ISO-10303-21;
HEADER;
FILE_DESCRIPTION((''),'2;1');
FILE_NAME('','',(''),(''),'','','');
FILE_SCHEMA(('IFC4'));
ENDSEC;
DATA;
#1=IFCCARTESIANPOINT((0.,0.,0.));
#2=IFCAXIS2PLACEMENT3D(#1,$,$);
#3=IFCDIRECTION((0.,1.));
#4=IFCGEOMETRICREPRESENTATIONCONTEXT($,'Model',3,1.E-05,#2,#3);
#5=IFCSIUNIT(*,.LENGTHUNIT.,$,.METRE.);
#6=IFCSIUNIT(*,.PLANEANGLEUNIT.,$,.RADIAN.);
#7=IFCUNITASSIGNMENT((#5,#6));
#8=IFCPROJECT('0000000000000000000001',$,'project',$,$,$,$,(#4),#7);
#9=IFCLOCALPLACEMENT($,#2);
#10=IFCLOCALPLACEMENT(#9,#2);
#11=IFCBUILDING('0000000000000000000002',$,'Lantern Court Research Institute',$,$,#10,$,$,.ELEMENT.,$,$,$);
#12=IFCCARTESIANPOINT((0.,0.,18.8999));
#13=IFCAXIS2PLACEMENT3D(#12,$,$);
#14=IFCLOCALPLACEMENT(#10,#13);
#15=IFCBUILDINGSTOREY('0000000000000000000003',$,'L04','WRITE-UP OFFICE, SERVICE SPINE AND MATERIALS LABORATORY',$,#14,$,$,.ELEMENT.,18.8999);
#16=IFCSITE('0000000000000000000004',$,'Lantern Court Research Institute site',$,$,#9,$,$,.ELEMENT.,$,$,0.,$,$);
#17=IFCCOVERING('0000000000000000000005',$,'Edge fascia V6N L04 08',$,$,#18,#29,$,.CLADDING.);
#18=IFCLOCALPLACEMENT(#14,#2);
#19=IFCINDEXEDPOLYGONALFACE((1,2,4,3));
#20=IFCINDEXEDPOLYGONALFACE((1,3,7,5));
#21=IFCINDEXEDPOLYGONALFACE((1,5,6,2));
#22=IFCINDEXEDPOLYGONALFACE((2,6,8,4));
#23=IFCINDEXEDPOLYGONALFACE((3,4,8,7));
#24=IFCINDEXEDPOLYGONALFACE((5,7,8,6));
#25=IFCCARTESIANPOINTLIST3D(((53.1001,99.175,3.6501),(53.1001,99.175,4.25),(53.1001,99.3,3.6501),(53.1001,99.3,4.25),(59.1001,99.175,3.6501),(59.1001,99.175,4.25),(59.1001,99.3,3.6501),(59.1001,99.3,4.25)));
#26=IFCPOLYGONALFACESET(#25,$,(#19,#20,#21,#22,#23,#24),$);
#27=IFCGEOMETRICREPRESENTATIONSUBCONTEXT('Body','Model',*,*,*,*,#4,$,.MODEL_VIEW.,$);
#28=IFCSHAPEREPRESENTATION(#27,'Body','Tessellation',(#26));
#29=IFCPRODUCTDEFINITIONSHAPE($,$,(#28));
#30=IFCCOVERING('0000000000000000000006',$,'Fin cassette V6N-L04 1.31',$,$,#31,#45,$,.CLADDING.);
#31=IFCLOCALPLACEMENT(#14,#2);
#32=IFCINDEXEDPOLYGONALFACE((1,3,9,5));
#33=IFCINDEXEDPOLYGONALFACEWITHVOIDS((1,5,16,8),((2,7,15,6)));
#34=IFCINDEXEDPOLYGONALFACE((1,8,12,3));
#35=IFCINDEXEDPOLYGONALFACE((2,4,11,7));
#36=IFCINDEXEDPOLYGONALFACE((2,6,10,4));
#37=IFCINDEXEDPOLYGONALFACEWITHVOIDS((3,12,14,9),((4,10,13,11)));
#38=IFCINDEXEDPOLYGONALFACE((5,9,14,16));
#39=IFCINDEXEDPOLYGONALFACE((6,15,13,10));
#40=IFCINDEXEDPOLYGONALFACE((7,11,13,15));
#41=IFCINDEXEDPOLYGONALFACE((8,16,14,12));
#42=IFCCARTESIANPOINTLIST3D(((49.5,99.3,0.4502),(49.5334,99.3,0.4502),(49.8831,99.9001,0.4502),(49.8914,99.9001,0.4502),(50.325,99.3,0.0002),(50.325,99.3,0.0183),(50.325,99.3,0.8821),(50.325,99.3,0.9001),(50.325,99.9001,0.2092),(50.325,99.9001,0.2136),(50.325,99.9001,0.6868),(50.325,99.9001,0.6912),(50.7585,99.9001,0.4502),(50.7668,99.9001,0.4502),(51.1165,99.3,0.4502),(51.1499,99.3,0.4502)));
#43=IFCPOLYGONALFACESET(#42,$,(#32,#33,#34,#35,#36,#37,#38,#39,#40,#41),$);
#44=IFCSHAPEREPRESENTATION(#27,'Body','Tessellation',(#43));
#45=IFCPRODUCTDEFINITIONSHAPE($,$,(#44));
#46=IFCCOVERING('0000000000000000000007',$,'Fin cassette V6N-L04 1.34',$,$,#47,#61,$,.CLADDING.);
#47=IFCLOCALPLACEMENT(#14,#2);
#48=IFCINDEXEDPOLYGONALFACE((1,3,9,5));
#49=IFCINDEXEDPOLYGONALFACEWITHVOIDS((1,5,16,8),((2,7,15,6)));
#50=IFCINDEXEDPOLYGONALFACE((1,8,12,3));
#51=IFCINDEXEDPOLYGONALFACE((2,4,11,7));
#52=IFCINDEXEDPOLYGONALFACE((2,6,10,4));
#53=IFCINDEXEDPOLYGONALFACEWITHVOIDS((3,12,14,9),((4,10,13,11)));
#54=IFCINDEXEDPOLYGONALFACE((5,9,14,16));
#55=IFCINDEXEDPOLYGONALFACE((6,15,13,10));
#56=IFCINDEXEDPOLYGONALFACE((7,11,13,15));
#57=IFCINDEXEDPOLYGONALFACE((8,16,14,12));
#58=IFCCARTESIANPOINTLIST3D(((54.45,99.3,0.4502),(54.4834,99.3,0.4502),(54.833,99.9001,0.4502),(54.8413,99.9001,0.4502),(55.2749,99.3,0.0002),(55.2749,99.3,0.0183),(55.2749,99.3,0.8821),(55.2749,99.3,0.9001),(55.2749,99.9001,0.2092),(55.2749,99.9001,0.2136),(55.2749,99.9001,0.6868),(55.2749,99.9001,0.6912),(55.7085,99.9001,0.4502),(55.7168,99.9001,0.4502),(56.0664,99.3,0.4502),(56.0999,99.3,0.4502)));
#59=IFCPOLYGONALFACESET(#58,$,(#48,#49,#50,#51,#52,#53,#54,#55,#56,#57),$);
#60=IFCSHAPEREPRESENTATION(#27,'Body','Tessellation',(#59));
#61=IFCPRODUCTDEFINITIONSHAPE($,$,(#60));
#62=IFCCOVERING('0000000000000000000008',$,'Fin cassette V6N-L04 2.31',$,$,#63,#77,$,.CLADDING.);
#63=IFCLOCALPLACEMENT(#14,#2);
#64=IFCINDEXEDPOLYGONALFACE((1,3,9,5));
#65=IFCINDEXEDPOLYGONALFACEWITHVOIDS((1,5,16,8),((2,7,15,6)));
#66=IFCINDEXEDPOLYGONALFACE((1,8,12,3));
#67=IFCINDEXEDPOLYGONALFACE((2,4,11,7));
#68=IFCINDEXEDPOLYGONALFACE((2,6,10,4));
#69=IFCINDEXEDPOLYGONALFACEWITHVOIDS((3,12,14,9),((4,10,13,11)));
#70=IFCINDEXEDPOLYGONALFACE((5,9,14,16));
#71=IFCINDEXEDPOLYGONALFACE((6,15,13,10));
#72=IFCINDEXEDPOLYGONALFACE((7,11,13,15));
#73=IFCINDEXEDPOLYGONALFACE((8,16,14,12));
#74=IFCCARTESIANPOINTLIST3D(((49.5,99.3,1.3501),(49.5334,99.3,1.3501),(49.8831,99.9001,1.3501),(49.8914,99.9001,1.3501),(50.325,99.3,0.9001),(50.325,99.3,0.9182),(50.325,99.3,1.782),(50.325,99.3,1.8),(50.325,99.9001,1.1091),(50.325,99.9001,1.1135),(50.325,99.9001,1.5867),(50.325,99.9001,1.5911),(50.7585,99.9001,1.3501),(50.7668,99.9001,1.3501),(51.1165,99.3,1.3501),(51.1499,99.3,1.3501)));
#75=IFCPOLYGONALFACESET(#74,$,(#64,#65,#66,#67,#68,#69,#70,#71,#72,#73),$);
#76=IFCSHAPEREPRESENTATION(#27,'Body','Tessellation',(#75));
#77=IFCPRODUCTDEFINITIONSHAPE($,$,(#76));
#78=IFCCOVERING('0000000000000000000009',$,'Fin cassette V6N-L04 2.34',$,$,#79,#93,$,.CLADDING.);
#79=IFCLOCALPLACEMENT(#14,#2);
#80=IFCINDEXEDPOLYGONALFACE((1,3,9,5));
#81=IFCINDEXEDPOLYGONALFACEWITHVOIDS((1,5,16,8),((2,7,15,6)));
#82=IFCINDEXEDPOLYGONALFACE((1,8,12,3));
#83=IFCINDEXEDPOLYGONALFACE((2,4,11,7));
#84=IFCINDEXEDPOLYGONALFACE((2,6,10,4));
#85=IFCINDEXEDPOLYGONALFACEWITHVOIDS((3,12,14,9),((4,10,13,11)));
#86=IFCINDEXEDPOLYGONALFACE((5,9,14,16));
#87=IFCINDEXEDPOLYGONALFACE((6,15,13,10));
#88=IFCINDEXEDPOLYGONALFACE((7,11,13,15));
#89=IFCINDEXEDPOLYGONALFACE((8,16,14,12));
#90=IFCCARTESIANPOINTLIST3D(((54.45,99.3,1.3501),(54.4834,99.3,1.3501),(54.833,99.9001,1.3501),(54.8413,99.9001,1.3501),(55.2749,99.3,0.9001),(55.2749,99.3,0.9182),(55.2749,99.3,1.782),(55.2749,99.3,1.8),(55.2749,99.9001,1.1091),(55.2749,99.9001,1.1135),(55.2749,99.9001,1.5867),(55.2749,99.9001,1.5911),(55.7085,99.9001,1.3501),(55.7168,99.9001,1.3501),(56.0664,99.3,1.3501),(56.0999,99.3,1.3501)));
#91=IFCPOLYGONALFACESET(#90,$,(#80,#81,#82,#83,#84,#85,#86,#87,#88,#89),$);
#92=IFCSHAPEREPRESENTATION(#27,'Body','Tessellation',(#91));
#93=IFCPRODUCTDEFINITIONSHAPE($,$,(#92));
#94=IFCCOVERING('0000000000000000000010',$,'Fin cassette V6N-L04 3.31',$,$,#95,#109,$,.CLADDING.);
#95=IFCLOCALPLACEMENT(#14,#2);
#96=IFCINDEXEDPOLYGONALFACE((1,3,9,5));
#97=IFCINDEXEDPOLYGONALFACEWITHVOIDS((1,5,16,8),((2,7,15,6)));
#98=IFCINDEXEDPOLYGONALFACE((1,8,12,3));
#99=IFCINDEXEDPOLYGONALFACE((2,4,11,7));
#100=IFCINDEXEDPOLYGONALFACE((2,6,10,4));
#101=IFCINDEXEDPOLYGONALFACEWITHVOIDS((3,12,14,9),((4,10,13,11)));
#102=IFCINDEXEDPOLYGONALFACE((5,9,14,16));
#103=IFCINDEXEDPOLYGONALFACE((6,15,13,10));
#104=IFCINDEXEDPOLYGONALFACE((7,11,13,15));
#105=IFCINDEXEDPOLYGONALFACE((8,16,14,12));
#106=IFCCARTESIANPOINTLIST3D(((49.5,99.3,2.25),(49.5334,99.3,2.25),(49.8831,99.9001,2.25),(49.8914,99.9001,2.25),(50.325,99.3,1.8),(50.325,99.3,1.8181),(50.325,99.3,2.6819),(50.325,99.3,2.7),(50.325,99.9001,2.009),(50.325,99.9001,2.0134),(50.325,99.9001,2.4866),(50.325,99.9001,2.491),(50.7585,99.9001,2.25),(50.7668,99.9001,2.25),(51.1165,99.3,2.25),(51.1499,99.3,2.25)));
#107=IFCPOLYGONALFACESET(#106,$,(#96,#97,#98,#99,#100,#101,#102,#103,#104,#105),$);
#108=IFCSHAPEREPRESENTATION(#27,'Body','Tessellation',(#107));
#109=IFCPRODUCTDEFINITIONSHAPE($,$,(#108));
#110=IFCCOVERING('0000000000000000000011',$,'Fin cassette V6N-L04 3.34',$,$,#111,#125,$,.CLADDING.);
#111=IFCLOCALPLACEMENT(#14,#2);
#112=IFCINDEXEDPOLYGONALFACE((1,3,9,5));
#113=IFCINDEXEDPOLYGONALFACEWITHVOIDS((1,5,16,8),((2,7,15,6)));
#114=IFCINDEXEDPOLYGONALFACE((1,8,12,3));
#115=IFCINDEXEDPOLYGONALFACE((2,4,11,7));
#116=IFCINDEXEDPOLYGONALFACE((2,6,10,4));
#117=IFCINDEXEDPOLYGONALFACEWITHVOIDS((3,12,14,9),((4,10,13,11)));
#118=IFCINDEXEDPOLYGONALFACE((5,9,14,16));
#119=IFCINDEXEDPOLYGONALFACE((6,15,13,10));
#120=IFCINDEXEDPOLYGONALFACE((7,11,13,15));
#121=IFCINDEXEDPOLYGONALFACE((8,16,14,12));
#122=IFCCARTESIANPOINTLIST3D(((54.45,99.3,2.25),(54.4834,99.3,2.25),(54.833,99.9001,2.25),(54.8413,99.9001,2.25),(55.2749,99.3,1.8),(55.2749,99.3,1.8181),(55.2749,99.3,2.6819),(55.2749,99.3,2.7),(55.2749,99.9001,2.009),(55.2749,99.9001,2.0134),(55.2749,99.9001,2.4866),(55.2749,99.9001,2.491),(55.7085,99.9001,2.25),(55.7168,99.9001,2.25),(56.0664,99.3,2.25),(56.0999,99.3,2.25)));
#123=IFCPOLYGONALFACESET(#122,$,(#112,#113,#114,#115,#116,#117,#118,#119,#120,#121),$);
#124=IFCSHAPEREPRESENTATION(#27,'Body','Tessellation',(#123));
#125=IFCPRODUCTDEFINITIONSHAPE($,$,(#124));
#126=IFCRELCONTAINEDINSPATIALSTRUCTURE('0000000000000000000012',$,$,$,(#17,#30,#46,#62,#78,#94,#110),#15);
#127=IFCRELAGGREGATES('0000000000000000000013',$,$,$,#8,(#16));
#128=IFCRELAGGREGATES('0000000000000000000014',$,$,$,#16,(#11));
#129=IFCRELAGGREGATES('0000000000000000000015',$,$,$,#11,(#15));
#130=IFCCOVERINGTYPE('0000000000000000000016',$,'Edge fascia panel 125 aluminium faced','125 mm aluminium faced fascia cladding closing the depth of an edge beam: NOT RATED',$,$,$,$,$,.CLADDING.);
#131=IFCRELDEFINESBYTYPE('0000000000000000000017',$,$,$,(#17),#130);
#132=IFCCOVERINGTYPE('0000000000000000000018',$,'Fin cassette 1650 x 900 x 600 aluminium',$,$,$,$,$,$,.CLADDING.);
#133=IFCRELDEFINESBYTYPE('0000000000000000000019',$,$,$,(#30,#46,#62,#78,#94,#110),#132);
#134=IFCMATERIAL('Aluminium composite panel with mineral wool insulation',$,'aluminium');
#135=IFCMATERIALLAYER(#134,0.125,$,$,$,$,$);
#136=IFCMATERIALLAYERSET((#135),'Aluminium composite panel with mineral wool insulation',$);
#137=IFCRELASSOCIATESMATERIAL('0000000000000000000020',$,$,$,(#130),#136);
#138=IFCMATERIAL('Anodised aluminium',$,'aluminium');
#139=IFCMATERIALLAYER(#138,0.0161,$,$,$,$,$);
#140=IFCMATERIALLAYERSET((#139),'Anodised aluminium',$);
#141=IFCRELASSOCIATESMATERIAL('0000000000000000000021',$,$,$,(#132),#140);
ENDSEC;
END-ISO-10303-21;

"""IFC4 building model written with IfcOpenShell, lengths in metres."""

from ifc_helpers import new_model, entity, si_unit, direction, frame, frame_2d, origin, place, context, subcontext, project, spatial, rectangle, extrude, material, layer, layer_set, type_object, element, save


model = new_model("IFC4")

# Units and contexts
model_context = context("Model", 3, precision=1e-05, world=origin(), true_north=direction((0.0, 1.0)))
body_context = subcontext(model_context, "Body", "Model", "MODEL_VIEW")
ifc_project = project(units=[si_unit("LENGTHUNIT", "METRE"), si_unit("PLANEANGLEUNIT", "RADIAN")], contexts=[model_context])

# Site, building, storey
site_placement = place(None, origin())
site = spatial("IfcSite", under=ifc_project, at=site_placement, Name="Lantern Court Research Institute site", CompositionType="ELEMENT", RefElevation=0.0)
building_placement = place(site_placement, origin())
building = spatial("IfcBuilding", under=site, at=building_placement, Name="Lantern Court Research Institute", CompositionType="ELEMENT")
storey_placement = place(building_placement, frame((0.0, 0.0, 18.8999)))
storey = spatial("IfcBuildingStorey", under=building, at=storey_placement, Name="L04", Description="WRITE-UP OFFICE, SERVICE SPINE AND MATERIALS LABORATORY", CompositionType="ELEMENT", Elevation=18.8999)

# Coverings
ifc_material_1 = material(Name="Aluminium composite panel with mineral wool insulation", Category="aluminium")
ifc_layer_1 = layer(ifc_material_1, 0.125)
ifc_layer_set_1 = layer_set([ifc_layer_1], Name="Aluminium composite panel with mineral wool insulation")
covering_type_1 = type_object("IfcCoveringType", Name="Edge fascia panel 125 aluminium faced", Description="125 mm aluminium faced fascia cladding closing the depth of an edge beam: NOT RATED", PredefinedType="CLADDING", material=ifc_layer_set_1)
covering_1_placement = place(storey_placement, frame((53.1001, 99.2375, 3.6501), z_axis=(0.0, 0.0, 1.0), x_axis=(1.0, 0.0, 0.0)))
element("IfcCovering", 1, at=covering_1_placement, inside=storey, type_object=covering_type_1, Name="Edge fascia V6N L04 08", PredefinedType="CLADDING", context=body_context, shape_type="SweptSolid", body=[
    extrude(rectangle(XDim=6.0, YDim=0.125, at=frame_2d((3.0, 0.0))), origin(), (0.0, 0.0, 1.0), 0.5999),
])
ifc_material_2 = material(Name="Anodised aluminium", Category="aluminium")
ifc_layer_2 = layer(ifc_material_2, 0.0161)
ifc_layer_set_2 = layer_set([ifc_layer_2], Name="Anodised aluminium")
covering_type_2 = type_object("IfcCoveringType", Name="Fin cassette 1650 x 900 x 600 aluminium", PredefinedType="CLADDING", material=ifc_layer_set_2)
covering_2_placement = place(storey_placement, frame((50.325, 99.3, 0.4502), z_axis=(0.0, 1.0, 0.0), x_axis=(-1.0, 0.0, 0.0)))
cartesian_point_1 = entity("IfcCartesianPoint", [0.825, 0.0])
cartesian_point_2 = entity("IfcCartesianPoint", [0.7915, 0.0])
cartesian_point_3 = entity("IfcCartesianPoint", [0.4419, 0.0])
cartesian_point_4 = entity("IfcCartesianPoint", [0.4336, 0.0])
element("IfcCovering", 2, at=covering_2_placement, inside=storey, type_object=covering_type_2, Name="Fin cassette V6N-L04 1.31", PredefinedType="CLADDING", context=body_context, shape_type="SweptSolid", body=[
    entity("IfcExtrudedAreaSolidTapered", entity("IfcArbitraryProfileDefWithVoids", "AREA", None, entity("IfcPolyline", [cartesian_point_1, entity("IfcCartesianPoint", [0.0, 0.45]), entity("IfcCartesianPoint", [-0.825, 0.0]), entity("IfcCartesianPoint", [0.0, -0.45]), cartesian_point_1]), [entity("IfcPolyline", [cartesian_point_2, entity("IfcCartesianPoint", [0.0, 0.4319]), entity("IfcCartesianPoint", [-0.7915, 0.0]), entity("IfcCartesianPoint", [0.0, -0.4319]), cartesian_point_2])]), entity("IfcAxis2Placement3D", entity("IfcCartesianPoint", [0.0, 0.0, 0.0])), entity("IfcDirection", [0.0, 0.0, 1.0]), 0.6001, entity("IfcArbitraryProfileDefWithVoids", "AREA", None, entity("IfcPolyline", [cartesian_point_3, entity("IfcCartesianPoint", [0.0, 0.241]), entity("IfcCartesianPoint", [-0.4419, 0.0]), entity("IfcCartesianPoint", [0.0, -0.241]), cartesian_point_3]), [entity("IfcPolyline", [cartesian_point_4, entity("IfcCartesianPoint", [0.0, 0.2366]), entity("IfcCartesianPoint", [-0.4336, 0.0]), entity("IfcCartesianPoint", [0.0, -0.2366]), cartesian_point_4])])),
])
covering_3_placement = place(storey_placement, frame((55.2749, 99.3, 0.4502), z_axis=(0.0, 1.0, 0.0), x_axis=(-1.0, 0.0, 0.0)))
cartesian_point_5 = entity("IfcCartesianPoint", [0.825, 0.0])
cartesian_point_6 = entity("IfcCartesianPoint", [0.7915, 0.0])
cartesian_point_7 = entity("IfcCartesianPoint", [0.4419, 0.0])
cartesian_point_8 = entity("IfcCartesianPoint", [0.4336, 0.0])
element("IfcCovering", 3, at=covering_3_placement, inside=storey, type_object=covering_type_2, Name="Fin cassette V6N-L04 1.34", PredefinedType="CLADDING", context=body_context, shape_type="SweptSolid", body=[
    entity("IfcExtrudedAreaSolidTapered", entity("IfcArbitraryProfileDefWithVoids", "AREA", None, entity("IfcPolyline", [cartesian_point_5, entity("IfcCartesianPoint", [0.0, 0.45]), entity("IfcCartesianPoint", [-0.825, 0.0]), entity("IfcCartesianPoint", [0.0, -0.45]), cartesian_point_5]), [entity("IfcPolyline", [cartesian_point_6, entity("IfcCartesianPoint", [0.0, 0.4319]), entity("IfcCartesianPoint", [-0.7915, 0.0]), entity("IfcCartesianPoint", [0.0, -0.4319]), cartesian_point_6])]), entity("IfcAxis2Placement3D", entity("IfcCartesianPoint", [0.0, 0.0, 0.0])), entity("IfcDirection", [0.0, 0.0, 1.0]), 0.6001, entity("IfcArbitraryProfileDefWithVoids", "AREA", None, entity("IfcPolyline", [cartesian_point_7, entity("IfcCartesianPoint", [0.0, 0.241]), entity("IfcCartesianPoint", [-0.4419, 0.0]), entity("IfcCartesianPoint", [0.0, -0.241]), cartesian_point_7]), [entity("IfcPolyline", [cartesian_point_8, entity("IfcCartesianPoint", [0.0, 0.2366]), entity("IfcCartesianPoint", [-0.4336, 0.0]), entity("IfcCartesianPoint", [0.0, -0.2366]), cartesian_point_8])])),
])
covering_4_placement = place(storey_placement, frame((50.325, 99.3, 1.3501), z_axis=(0.0, 1.0, 0.0), x_axis=(-1.0, 0.0, 0.0)))
cartesian_point_9 = entity("IfcCartesianPoint", [0.825, 0.0])
cartesian_point_10 = entity("IfcCartesianPoint", [0.7915, 0.0])
cartesian_point_11 = entity("IfcCartesianPoint", [0.4419, 0.0])
cartesian_point_12 = entity("IfcCartesianPoint", [0.4336, 0.0])
element("IfcCovering", 4, at=covering_4_placement, inside=storey, type_object=covering_type_2, Name="Fin cassette V6N-L04 2.31", PredefinedType="CLADDING", context=body_context, shape_type="SweptSolid", body=[
    entity("IfcExtrudedAreaSolidTapered", entity("IfcArbitraryProfileDefWithVoids", "AREA", None, entity("IfcPolyline", [cartesian_point_9, entity("IfcCartesianPoint", [0.0, 0.45]), entity("IfcCartesianPoint", [-0.825, 0.0]), entity("IfcCartesianPoint", [0.0, -0.45]), cartesian_point_9]), [entity("IfcPolyline", [cartesian_point_10, entity("IfcCartesianPoint", [0.0, 0.4319]), entity("IfcCartesianPoint", [-0.7915, 0.0]), entity("IfcCartesianPoint", [0.0, -0.4319]), cartesian_point_10])]), entity("IfcAxis2Placement3D", entity("IfcCartesianPoint", [0.0, 0.0, 0.0])), entity("IfcDirection", [0.0, 0.0, 1.0]), 0.6001, entity("IfcArbitraryProfileDefWithVoids", "AREA", None, entity("IfcPolyline", [cartesian_point_11, entity("IfcCartesianPoint", [0.0, 0.241]), entity("IfcCartesianPoint", [-0.4419, 0.0]), entity("IfcCartesianPoint", [0.0, -0.241]), cartesian_point_11]), [entity("IfcPolyline", [cartesian_point_12, entity("IfcCartesianPoint", [0.0, 0.2366]), entity("IfcCartesianPoint", [-0.4336, 0.0]), entity("IfcCartesianPoint", [0.0, -0.2366]), cartesian_point_12])])),
])
covering_5_placement = place(storey_placement, frame((55.2749, 99.3, 1.3501), z_axis=(0.0, 1.0, 0.0), x_axis=(-1.0, 0.0, 0.0)))
cartesian_point_13 = entity("IfcCartesianPoint", [0.825, 0.0])
cartesian_point_14 = entity("IfcCartesianPoint", [0.7915, 0.0])
cartesian_point_15 = entity("IfcCartesianPoint", [0.4419, 0.0])
cartesian_point_16 = entity("IfcCartesianPoint", [0.4336, 0.0])
element("IfcCovering", 5, at=covering_5_placement, inside=storey, type_object=covering_type_2, Name="Fin cassette V6N-L04 2.34", PredefinedType="CLADDING", context=body_context, shape_type="SweptSolid", body=[
    entity("IfcExtrudedAreaSolidTapered", entity("IfcArbitraryProfileDefWithVoids", "AREA", None, entity("IfcPolyline", [cartesian_point_13, entity("IfcCartesianPoint", [0.0, 0.45]), entity("IfcCartesianPoint", [-0.825, 0.0]), entity("IfcCartesianPoint", [0.0, -0.45]), cartesian_point_13]), [entity("IfcPolyline", [cartesian_point_14, entity("IfcCartesianPoint", [0.0, 0.4319]), entity("IfcCartesianPoint", [-0.7915, 0.0]), entity("IfcCartesianPoint", [0.0, -0.4319]), cartesian_point_14])]), entity("IfcAxis2Placement3D", entity("IfcCartesianPoint", [0.0, 0.0, 0.0])), entity("IfcDirection", [0.0, 0.0, 1.0]), 0.6001, entity("IfcArbitraryProfileDefWithVoids", "AREA", None, entity("IfcPolyline", [cartesian_point_15, entity("IfcCartesianPoint", [0.0, 0.241]), entity("IfcCartesianPoint", [-0.4419, 0.0]), entity("IfcCartesianPoint", [0.0, -0.241]), cartesian_point_15]), [entity("IfcPolyline", [cartesian_point_16, entity("IfcCartesianPoint", [0.0, 0.2366]), entity("IfcCartesianPoint", [-0.4336, 0.0]), entity("IfcCartesianPoint", [0.0, -0.2366]), cartesian_point_16])])),
])
covering_6_placement = place(storey_placement, frame((50.325, 99.3, 2.25), z_axis=(0.0, 1.0, 0.0), x_axis=(-1.0, 0.0, 0.0)))
cartesian_point_17 = entity("IfcCartesianPoint", [0.825, 0.0])
cartesian_point_18 = entity("IfcCartesianPoint", [0.7915, 0.0])
cartesian_point_19 = entity("IfcCartesianPoint", [0.4419, 0.0])
cartesian_point_20 = entity("IfcCartesianPoint", [0.4336, 0.0])
element("IfcCovering", 6, at=covering_6_placement, inside=storey, type_object=covering_type_2, Name="Fin cassette V6N-L04 3.31", PredefinedType="CLADDING", context=body_context, shape_type="SweptSolid", body=[
    entity("IfcExtrudedAreaSolidTapered", entity("IfcArbitraryProfileDefWithVoids", "AREA", None, entity("IfcPolyline", [cartesian_point_17, entity("IfcCartesianPoint", [0.0, 0.45]), entity("IfcCartesianPoint", [-0.825, 0.0]), entity("IfcCartesianPoint", [0.0, -0.45]), cartesian_point_17]), [entity("IfcPolyline", [cartesian_point_18, entity("IfcCartesianPoint", [0.0, 0.4319]), entity("IfcCartesianPoint", [-0.7915, 0.0]), entity("IfcCartesianPoint", [0.0, -0.4319]), cartesian_point_18])]), entity("IfcAxis2Placement3D", entity("IfcCartesianPoint", [0.0, 0.0, 0.0])), entity("IfcDirection", [0.0, 0.0, 1.0]), 0.6001, entity("IfcArbitraryProfileDefWithVoids", "AREA", None, entity("IfcPolyline", [cartesian_point_19, entity("IfcCartesianPoint", [0.0, 0.241]), entity("IfcCartesianPoint", [-0.4419, 0.0]), entity("IfcCartesianPoint", [0.0, -0.241]), cartesian_point_19]), [entity("IfcPolyline", [cartesian_point_20, entity("IfcCartesianPoint", [0.0, 0.2366]), entity("IfcCartesianPoint", [-0.4336, 0.0]), entity("IfcCartesianPoint", [0.0, -0.2366]), cartesian_point_20])])),
])
covering_7_placement = place(storey_placement, frame((55.2749, 99.3, 2.25), z_axis=(0.0, 1.0, 0.0), x_axis=(-1.0, 0.0, 0.0)))
cartesian_point_21 = entity("IfcCartesianPoint", [0.825, 0.0])
cartesian_point_22 = entity("IfcCartesianPoint", [0.7915, 0.0])
cartesian_point_23 = entity("IfcCartesianPoint", [0.4419, 0.0])
cartesian_point_24 = entity("IfcCartesianPoint", [0.4336, 0.0])
element("IfcCovering", 7, at=covering_7_placement, inside=storey, type_object=covering_type_2, Name="Fin cassette V6N-L04 3.34", PredefinedType="CLADDING", context=body_context, shape_type="SweptSolid", body=[
    entity("IfcExtrudedAreaSolidTapered", entity("IfcArbitraryProfileDefWithVoids", "AREA", None, entity("IfcPolyline", [cartesian_point_21, entity("IfcCartesianPoint", [0.0, 0.45]), entity("IfcCartesianPoint", [-0.825, 0.0]), entity("IfcCartesianPoint", [0.0, -0.45]), cartesian_point_21]), [entity("IfcPolyline", [cartesian_point_22, entity("IfcCartesianPoint", [0.0, 0.4319]), entity("IfcCartesianPoint", [-0.7915, 0.0]), entity("IfcCartesianPoint", [0.0, -0.4319]), cartesian_point_22])]), entity("IfcAxis2Placement3D", entity("IfcCartesianPoint", [0.0, 0.0, 0.0])), entity("IfcDirection", [0.0, 0.0, 1.0]), 0.6001, entity("IfcArbitraryProfileDefWithVoids", "AREA", None, entity("IfcPolyline", [cartesian_point_23, entity("IfcCartesianPoint", [0.0, 0.241]), entity("IfcCartesianPoint", [-0.4419, 0.0]), entity("IfcCartesianPoint", [0.0, -0.241]), cartesian_point_23]), [entity("IfcPolyline", [cartesian_point_24, entity("IfcCartesianPoint", [0.0, 0.2366]), entity("IfcCartesianPoint", [-0.4336, 0.0]), entity("IfcCartesianPoint", [0.0, -0.2366]), cartesian_point_24])])),
])

save(model, "model.ifc")
